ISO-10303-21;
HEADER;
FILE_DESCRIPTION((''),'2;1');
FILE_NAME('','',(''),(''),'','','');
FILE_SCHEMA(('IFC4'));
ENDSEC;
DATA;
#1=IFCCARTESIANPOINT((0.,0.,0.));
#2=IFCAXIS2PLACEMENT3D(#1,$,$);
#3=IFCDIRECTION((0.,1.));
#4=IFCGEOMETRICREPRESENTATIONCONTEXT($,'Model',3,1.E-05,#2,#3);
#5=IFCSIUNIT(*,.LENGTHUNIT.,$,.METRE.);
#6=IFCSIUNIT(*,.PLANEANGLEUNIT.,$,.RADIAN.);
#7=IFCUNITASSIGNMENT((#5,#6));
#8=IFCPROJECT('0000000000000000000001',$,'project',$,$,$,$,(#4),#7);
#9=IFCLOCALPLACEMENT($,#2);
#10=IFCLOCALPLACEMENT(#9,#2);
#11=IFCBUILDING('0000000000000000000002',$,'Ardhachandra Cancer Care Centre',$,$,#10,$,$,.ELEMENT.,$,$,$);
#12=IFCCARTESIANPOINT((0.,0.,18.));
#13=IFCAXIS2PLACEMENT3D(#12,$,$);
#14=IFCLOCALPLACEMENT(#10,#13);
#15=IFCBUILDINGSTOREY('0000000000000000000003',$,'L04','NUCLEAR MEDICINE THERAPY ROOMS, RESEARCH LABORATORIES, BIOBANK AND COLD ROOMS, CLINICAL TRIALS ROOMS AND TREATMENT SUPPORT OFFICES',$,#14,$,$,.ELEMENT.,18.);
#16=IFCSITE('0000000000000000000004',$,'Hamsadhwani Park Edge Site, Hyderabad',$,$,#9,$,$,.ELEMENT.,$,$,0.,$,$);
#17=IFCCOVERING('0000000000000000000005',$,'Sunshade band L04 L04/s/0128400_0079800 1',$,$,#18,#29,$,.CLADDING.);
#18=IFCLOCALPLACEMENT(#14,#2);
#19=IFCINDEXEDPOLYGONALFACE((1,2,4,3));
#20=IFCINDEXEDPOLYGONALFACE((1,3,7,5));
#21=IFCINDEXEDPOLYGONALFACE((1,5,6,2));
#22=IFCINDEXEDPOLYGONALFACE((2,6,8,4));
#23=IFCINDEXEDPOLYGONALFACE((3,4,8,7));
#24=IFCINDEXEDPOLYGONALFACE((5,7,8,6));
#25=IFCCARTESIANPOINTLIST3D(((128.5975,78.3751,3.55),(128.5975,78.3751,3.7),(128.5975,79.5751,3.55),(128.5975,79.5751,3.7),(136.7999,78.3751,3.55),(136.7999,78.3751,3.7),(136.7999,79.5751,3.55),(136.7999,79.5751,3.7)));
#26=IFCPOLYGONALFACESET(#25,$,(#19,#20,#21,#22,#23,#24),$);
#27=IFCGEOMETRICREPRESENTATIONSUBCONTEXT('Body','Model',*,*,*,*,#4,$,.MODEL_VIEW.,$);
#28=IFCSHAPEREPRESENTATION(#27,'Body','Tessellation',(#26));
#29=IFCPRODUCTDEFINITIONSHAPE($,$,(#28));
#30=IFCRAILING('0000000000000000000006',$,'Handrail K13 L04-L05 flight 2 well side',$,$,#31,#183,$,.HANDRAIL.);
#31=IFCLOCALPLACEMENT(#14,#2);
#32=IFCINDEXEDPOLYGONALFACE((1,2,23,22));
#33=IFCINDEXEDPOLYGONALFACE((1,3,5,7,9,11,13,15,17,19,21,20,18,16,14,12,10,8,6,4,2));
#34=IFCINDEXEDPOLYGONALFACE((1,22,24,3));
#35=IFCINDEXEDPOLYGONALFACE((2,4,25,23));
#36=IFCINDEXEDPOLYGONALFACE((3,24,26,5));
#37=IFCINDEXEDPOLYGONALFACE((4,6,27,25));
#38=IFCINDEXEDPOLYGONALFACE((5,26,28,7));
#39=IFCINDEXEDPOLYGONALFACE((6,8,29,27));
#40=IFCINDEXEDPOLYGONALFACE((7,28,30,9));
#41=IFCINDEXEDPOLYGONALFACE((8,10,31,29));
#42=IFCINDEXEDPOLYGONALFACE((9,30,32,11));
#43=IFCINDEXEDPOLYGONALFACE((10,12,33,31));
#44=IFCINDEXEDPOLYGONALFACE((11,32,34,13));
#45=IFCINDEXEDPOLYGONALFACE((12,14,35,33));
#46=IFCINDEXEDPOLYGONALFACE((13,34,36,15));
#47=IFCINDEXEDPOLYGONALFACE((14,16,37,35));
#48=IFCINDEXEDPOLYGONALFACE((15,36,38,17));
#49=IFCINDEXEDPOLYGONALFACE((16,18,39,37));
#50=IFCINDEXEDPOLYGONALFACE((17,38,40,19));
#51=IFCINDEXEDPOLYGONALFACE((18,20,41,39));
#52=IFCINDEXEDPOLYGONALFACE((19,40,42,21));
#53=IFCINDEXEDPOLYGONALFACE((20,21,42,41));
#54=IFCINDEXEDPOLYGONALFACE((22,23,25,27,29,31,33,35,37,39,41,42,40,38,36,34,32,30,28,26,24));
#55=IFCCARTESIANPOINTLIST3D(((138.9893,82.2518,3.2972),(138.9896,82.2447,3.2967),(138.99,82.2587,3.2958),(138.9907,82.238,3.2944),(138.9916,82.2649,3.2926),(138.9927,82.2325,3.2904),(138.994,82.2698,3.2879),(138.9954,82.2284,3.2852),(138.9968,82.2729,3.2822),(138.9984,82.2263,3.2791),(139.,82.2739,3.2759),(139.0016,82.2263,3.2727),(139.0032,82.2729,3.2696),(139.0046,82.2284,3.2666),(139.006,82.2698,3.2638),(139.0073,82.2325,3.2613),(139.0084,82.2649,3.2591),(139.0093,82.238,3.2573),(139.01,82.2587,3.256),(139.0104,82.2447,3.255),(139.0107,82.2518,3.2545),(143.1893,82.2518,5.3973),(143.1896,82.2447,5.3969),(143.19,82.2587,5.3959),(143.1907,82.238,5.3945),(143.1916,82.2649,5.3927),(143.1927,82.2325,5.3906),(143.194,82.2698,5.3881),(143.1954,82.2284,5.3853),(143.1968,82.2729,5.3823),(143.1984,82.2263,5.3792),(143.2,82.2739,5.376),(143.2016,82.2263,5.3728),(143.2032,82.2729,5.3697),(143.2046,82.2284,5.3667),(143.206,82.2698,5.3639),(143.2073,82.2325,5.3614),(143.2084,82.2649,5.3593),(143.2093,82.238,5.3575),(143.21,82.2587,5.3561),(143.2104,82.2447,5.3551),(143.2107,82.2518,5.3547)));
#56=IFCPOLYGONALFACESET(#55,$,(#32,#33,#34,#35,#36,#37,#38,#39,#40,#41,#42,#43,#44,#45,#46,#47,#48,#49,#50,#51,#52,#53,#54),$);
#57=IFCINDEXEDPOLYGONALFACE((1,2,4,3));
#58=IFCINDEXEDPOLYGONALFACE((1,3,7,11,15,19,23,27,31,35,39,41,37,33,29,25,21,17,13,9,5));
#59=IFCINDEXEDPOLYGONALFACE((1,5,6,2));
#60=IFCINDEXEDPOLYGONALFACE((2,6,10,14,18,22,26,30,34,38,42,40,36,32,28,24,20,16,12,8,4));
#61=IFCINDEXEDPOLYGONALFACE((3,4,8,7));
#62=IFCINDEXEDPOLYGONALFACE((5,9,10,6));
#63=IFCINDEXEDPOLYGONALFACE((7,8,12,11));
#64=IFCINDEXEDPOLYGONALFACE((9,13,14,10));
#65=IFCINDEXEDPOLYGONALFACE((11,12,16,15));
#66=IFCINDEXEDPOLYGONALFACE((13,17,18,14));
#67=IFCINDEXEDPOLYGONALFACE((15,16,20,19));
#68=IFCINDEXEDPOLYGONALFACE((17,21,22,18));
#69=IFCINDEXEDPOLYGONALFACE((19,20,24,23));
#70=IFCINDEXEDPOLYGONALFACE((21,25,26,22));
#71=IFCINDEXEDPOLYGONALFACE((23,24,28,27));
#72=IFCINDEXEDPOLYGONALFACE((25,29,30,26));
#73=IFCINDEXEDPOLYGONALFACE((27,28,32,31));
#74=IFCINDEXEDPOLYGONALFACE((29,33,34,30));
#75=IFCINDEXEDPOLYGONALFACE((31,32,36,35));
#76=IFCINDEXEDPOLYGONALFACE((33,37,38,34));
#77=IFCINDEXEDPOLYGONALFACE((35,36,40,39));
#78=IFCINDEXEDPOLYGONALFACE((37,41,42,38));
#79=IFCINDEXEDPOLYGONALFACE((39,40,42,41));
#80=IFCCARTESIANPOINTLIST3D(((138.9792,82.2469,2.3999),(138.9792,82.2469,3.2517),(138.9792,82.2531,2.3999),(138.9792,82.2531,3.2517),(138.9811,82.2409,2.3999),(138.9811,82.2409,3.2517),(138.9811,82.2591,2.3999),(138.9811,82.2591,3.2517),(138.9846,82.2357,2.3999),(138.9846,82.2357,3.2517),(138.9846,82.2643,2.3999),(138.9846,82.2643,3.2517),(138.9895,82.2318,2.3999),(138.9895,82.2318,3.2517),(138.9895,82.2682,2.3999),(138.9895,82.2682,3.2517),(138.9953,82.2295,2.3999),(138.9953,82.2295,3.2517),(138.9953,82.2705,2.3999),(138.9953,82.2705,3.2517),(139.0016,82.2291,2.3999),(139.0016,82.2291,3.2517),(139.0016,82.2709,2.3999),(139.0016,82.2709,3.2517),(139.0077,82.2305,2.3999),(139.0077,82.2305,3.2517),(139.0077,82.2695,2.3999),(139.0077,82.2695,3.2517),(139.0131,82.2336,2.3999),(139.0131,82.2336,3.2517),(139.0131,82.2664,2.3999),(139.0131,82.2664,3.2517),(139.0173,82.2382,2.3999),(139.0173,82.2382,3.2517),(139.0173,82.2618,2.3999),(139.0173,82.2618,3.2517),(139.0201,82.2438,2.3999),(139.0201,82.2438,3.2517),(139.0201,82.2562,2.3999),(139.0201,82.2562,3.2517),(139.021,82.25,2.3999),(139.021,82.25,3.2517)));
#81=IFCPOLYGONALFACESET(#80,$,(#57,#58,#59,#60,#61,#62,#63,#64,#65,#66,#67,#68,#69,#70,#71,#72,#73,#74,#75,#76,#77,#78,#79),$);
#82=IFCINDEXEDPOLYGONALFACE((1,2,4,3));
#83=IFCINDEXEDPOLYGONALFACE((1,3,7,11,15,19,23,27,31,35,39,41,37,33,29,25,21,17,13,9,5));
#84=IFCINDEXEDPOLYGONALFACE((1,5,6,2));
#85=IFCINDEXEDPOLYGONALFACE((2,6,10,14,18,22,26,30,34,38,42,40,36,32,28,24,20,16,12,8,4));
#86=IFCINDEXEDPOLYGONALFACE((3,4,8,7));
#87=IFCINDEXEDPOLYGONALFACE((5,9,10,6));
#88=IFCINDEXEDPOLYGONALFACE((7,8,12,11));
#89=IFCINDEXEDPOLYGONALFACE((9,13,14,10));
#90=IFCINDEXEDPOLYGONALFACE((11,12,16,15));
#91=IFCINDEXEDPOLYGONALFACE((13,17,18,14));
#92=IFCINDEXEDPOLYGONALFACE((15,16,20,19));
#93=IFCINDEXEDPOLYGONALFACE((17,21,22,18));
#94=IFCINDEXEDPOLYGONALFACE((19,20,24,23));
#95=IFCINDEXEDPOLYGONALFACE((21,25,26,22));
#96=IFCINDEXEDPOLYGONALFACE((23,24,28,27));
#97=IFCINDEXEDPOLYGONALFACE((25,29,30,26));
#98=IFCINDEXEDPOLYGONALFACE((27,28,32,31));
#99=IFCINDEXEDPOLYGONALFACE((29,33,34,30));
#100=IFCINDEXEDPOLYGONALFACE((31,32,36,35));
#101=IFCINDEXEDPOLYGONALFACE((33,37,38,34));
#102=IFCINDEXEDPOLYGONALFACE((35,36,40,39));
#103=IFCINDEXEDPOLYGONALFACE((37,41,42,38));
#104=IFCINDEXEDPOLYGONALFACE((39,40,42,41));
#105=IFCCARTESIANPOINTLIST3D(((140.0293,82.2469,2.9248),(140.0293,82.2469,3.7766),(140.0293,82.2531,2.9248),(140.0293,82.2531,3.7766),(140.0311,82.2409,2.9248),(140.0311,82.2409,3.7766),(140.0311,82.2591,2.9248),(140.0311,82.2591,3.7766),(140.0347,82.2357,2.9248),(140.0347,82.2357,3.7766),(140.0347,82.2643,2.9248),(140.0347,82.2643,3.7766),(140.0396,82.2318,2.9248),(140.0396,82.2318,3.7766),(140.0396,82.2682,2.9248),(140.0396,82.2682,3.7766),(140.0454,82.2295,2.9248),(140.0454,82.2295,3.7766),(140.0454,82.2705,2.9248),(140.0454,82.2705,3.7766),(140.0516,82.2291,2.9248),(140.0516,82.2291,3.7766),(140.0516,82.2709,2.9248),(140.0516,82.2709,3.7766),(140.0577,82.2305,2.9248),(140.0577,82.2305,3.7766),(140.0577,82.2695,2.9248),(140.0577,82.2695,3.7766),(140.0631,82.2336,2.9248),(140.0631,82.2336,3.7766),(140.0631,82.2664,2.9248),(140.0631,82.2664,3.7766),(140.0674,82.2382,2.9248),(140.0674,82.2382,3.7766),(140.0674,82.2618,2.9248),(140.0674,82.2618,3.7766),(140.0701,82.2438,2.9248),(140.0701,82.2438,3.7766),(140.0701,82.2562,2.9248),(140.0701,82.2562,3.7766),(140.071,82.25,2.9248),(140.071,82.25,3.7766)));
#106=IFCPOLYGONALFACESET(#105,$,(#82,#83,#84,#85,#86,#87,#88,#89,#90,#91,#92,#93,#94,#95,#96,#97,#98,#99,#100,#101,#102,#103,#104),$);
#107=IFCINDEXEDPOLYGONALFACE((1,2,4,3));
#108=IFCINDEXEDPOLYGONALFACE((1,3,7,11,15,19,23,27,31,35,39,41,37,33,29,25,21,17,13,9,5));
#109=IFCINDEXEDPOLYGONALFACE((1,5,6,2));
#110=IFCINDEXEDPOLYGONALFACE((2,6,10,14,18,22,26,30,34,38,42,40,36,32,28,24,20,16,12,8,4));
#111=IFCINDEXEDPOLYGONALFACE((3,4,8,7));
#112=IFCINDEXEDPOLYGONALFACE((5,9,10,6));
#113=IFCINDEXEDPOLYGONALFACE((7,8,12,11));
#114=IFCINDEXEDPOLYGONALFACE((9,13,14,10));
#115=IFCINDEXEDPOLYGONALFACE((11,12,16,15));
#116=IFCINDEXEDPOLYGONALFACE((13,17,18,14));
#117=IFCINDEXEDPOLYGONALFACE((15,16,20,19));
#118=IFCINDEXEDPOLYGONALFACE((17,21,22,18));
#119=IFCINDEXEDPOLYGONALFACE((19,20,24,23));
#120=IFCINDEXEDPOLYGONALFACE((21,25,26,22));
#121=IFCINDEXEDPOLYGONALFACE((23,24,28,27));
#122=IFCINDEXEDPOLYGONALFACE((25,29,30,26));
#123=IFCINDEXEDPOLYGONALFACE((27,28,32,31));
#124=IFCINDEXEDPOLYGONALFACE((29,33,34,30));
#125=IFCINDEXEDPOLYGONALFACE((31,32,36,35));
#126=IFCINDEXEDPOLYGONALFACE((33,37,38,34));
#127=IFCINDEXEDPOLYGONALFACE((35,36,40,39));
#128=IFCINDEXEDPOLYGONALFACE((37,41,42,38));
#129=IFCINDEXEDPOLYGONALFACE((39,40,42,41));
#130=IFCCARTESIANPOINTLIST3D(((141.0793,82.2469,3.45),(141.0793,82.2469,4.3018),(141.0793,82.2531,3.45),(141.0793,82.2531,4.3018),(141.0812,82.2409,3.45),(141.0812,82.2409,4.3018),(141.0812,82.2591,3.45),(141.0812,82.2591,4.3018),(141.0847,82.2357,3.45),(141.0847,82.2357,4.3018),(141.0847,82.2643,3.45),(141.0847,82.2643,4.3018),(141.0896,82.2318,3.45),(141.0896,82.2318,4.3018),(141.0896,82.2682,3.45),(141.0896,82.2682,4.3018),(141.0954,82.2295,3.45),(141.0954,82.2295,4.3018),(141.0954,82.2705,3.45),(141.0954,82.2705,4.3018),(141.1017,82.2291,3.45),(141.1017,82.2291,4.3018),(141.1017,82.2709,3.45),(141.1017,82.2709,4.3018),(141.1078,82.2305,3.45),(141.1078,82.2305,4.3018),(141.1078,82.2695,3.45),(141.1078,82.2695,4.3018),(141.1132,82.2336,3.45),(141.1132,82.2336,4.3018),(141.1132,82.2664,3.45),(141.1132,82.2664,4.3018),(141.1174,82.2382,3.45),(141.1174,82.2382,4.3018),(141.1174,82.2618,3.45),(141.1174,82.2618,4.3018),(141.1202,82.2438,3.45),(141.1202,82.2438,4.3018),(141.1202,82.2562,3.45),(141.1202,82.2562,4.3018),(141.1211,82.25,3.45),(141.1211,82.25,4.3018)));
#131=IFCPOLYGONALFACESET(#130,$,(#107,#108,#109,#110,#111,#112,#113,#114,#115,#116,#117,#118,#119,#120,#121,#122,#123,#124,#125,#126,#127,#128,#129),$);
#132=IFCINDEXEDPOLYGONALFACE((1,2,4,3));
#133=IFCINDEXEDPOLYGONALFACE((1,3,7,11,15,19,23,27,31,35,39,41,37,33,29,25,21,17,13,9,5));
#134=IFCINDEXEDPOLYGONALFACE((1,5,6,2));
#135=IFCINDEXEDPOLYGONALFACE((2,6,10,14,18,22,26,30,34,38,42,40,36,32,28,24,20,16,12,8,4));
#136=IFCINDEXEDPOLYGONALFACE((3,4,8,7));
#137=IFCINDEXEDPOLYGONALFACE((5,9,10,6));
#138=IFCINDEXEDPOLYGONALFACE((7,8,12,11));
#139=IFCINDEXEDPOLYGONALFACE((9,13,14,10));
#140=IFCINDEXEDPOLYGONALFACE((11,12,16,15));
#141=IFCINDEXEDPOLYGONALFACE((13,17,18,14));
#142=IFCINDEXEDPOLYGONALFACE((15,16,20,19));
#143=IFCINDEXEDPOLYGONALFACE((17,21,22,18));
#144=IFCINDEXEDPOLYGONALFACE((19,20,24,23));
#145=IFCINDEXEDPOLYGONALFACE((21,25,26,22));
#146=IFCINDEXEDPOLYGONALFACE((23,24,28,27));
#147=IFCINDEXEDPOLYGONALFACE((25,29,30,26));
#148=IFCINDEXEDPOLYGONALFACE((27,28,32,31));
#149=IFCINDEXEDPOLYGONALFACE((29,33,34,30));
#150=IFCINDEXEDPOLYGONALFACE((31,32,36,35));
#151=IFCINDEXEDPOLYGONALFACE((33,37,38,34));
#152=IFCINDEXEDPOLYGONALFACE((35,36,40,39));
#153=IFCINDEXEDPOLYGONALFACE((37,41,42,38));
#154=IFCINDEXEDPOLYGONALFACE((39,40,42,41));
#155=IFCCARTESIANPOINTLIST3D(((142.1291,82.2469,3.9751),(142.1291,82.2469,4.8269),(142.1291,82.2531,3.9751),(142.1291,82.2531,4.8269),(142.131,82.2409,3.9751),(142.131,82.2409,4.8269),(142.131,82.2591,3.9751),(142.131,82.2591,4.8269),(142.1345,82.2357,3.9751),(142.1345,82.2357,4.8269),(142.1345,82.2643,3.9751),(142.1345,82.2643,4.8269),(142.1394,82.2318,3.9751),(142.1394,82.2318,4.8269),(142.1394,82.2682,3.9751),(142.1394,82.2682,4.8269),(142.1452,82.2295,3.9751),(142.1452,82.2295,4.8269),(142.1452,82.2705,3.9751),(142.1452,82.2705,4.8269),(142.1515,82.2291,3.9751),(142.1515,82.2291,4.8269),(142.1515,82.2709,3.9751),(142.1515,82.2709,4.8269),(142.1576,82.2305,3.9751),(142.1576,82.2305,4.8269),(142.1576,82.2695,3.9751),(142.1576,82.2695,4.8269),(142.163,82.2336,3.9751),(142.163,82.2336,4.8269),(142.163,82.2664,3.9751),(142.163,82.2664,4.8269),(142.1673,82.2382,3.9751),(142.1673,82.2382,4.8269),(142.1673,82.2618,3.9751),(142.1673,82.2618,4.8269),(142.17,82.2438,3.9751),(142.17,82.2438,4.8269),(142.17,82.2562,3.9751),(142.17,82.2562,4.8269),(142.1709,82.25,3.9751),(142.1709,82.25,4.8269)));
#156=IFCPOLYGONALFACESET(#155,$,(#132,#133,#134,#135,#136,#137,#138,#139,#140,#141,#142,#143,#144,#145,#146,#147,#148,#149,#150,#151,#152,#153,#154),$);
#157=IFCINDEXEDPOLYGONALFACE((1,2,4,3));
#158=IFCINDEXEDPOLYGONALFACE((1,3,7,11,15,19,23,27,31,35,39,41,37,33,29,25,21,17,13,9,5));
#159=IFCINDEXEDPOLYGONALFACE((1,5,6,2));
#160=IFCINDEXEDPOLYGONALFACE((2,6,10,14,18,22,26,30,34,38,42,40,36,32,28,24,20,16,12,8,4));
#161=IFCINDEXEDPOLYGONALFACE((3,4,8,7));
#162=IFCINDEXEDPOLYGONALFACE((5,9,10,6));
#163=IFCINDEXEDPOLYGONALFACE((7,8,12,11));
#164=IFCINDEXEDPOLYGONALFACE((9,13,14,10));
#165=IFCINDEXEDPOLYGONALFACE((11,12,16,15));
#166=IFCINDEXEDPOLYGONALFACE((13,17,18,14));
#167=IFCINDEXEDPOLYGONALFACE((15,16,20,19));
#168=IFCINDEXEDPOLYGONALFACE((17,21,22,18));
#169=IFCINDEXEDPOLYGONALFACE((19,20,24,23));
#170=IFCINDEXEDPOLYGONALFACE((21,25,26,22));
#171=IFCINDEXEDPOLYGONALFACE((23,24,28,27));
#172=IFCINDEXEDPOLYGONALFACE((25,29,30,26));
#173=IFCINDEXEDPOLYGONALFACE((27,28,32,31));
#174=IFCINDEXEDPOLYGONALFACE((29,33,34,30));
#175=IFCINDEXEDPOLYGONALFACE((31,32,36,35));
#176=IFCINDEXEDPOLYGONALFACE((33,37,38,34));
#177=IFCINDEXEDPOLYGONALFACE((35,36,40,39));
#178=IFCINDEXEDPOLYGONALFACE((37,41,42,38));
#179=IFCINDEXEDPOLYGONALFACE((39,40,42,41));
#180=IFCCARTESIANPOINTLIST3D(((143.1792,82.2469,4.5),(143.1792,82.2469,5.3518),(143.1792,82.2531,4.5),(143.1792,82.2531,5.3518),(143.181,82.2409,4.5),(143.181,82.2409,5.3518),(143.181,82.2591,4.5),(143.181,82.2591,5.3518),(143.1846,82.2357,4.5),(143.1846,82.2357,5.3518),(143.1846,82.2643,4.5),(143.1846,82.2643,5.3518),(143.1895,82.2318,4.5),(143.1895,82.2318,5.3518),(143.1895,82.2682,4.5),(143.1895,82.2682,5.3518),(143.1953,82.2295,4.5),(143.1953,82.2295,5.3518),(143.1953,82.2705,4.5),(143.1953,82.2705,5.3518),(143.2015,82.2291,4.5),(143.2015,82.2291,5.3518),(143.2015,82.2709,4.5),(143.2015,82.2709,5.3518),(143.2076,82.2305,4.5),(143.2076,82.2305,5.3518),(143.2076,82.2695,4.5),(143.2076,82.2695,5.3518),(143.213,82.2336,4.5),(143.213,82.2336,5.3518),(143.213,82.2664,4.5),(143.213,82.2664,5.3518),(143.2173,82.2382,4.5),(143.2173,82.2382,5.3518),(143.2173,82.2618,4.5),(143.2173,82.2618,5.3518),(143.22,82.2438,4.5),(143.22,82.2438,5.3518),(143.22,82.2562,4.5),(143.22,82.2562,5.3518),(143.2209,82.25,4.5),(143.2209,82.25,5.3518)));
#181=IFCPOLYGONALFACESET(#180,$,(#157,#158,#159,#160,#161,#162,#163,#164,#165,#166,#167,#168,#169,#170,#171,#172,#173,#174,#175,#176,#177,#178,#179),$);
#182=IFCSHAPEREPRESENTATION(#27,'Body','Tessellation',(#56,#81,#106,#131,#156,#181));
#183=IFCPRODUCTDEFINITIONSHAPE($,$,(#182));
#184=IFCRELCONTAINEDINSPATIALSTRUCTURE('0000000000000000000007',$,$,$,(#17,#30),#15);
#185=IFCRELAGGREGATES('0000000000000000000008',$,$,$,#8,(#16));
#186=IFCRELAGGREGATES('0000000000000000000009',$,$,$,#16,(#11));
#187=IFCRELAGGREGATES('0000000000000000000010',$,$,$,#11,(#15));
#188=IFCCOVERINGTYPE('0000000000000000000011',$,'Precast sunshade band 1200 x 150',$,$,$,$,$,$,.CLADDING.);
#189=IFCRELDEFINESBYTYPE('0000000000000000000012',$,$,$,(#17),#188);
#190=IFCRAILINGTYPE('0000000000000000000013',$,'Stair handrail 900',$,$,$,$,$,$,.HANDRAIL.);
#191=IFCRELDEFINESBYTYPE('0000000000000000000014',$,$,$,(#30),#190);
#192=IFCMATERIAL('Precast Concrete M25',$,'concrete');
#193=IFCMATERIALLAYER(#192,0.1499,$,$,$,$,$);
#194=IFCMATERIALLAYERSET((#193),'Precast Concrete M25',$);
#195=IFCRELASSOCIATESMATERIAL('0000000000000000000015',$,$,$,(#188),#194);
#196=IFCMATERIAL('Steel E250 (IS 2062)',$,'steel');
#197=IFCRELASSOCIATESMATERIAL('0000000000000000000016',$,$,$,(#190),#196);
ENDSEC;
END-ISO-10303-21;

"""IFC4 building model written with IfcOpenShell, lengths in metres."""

from ifc_helpers import new_model, si_unit, direction, frame, origin, origin_2d, place, context, subcontext, project, spatial, rectangle, circle, extrude, material, layer, layer_set, type_object, element, save


model = new_model("IFC4")

# Units and contexts
model_context = context("Model", 3, precision=1e-05, world=origin(), true_north=direction((0.0, 1.0)))
body_context = subcontext(model_context, "Body", "Model", "MODEL_VIEW")
ifc_project = project(units=[si_unit("LENGTHUNIT", "METRE"), si_unit("PLANEANGLEUNIT", "RADIAN")], contexts=[model_context])

# Site, building, storey
site_placement = place(None, origin())
site = spatial("IfcSite", under=ifc_project, at=site_placement, Name="Hamsadhwani Park Edge Site, Hyderabad", CompositionType="ELEMENT", RefElevation=0.0)
building_placement = place(site_placement, origin())
building = spatial("IfcBuilding", under=site, at=building_placement, Name="Ardhachandra Cancer Care Centre", CompositionType="ELEMENT")
storey_placement = place(building_placement, frame((0.0, 0.0, 18.0)))
storey = spatial("IfcBuildingStorey", under=building, at=storey_placement, Name="L04", Description="NUCLEAR MEDICINE THERAPY ROOMS, RESEARCH LABORATORIES, BIOBANK AND COLD ROOMS, CLINICAL TRIALS ROOMS AND TREATMENT SUPPORT OFFICES", CompositionType="ELEMENT", Elevation=18.0)

# Covering
ifc_material_1 = material(Name="Precast Concrete M25", Category="concrete")
ifc_layer_1 = layer(ifc_material_1, 0.1499)
ifc_layer_set_1 = layer_set([ifc_layer_1], Name="Precast Concrete M25")
covering_type_1 = type_object("IfcCoveringType", Name="Precast sunshade band 1200 x 150", PredefinedType="CLADDING", material=ifc_layer_set_1)
covering_1_placement = place(storey_placement, frame((132.6987, 78.9751, 3.55), z_axis=(0.0, 0.0, 1.0), x_axis=(1.0, 0.0, 0.0)))
element("IfcCovering", 1, at=covering_1_placement, inside=storey, type_object=covering_type_1, Name="Sunshade band L04 L04/s/0128400_0079800 1", PredefinedType="CLADDING", context=body_context, shape_type="SweptSolid", body=[
    extrude(rectangle(XDim=8.2024, YDim=1.2, at=origin_2d()), origin(), (0.0, 0.0, 1.0), 0.1499),
])

# Railing
ifc_material_2 = material(Name="Steel E250 (IS 2062)", Category="steel")
railing_type = type_object("IfcRailingType", Name="Stair handrail 900", PredefinedType="HANDRAIL", material=ifc_material_2)
for number, where, name in (
    (2, (139.0, 82.25, 2.3999), "Handrail K13 L04-L05 flight 2 well side"),
):
    element("IfcRailing", number, at=place(storey_placement, frame(where)), inside=storey, type_object=railing_type, Name=name, PredefinedType="HANDRAIL", context=body_context, shape_type="SweptSolid", body=[
        extrude(circle(Radius=0.0239, at=origin_2d()), frame((0.0, 0.0, 0.876), z_axis=(0.894417, 0.0, 0.447234), x_axis=(0.0, 1.0, 0.0)), (0.0, 0.0, 1.0), 4.6958),
        extrude(circle(Radius=0.021, at=origin_2d()), origin(), (0.0, 0.0, 1.0), 0.8518),
        extrude(circle(Radius=0.021, at=origin_2d()), frame((1.05, 0.0, 0.5249)), (0.0, 0.0, 1.0), 0.8518),
        extrude(circle(Radius=0.021, at=origin_2d()), frame((2.1001, 0.0, 1.05)), (0.0, 0.0, 1.0), 0.8518),
        extrude(circle(Radius=0.021, at=origin_2d()), frame((3.1499, 0.0, 1.5752)), (0.0, 0.0, 1.0), 0.8518),
        extrude(circle(Radius=0.021, at=origin_2d()), frame((4.2, 0.0, 2.1001)), (0.0, 0.0, 1.0), 0.8518),
    ])

save(model, "model.ifc")
